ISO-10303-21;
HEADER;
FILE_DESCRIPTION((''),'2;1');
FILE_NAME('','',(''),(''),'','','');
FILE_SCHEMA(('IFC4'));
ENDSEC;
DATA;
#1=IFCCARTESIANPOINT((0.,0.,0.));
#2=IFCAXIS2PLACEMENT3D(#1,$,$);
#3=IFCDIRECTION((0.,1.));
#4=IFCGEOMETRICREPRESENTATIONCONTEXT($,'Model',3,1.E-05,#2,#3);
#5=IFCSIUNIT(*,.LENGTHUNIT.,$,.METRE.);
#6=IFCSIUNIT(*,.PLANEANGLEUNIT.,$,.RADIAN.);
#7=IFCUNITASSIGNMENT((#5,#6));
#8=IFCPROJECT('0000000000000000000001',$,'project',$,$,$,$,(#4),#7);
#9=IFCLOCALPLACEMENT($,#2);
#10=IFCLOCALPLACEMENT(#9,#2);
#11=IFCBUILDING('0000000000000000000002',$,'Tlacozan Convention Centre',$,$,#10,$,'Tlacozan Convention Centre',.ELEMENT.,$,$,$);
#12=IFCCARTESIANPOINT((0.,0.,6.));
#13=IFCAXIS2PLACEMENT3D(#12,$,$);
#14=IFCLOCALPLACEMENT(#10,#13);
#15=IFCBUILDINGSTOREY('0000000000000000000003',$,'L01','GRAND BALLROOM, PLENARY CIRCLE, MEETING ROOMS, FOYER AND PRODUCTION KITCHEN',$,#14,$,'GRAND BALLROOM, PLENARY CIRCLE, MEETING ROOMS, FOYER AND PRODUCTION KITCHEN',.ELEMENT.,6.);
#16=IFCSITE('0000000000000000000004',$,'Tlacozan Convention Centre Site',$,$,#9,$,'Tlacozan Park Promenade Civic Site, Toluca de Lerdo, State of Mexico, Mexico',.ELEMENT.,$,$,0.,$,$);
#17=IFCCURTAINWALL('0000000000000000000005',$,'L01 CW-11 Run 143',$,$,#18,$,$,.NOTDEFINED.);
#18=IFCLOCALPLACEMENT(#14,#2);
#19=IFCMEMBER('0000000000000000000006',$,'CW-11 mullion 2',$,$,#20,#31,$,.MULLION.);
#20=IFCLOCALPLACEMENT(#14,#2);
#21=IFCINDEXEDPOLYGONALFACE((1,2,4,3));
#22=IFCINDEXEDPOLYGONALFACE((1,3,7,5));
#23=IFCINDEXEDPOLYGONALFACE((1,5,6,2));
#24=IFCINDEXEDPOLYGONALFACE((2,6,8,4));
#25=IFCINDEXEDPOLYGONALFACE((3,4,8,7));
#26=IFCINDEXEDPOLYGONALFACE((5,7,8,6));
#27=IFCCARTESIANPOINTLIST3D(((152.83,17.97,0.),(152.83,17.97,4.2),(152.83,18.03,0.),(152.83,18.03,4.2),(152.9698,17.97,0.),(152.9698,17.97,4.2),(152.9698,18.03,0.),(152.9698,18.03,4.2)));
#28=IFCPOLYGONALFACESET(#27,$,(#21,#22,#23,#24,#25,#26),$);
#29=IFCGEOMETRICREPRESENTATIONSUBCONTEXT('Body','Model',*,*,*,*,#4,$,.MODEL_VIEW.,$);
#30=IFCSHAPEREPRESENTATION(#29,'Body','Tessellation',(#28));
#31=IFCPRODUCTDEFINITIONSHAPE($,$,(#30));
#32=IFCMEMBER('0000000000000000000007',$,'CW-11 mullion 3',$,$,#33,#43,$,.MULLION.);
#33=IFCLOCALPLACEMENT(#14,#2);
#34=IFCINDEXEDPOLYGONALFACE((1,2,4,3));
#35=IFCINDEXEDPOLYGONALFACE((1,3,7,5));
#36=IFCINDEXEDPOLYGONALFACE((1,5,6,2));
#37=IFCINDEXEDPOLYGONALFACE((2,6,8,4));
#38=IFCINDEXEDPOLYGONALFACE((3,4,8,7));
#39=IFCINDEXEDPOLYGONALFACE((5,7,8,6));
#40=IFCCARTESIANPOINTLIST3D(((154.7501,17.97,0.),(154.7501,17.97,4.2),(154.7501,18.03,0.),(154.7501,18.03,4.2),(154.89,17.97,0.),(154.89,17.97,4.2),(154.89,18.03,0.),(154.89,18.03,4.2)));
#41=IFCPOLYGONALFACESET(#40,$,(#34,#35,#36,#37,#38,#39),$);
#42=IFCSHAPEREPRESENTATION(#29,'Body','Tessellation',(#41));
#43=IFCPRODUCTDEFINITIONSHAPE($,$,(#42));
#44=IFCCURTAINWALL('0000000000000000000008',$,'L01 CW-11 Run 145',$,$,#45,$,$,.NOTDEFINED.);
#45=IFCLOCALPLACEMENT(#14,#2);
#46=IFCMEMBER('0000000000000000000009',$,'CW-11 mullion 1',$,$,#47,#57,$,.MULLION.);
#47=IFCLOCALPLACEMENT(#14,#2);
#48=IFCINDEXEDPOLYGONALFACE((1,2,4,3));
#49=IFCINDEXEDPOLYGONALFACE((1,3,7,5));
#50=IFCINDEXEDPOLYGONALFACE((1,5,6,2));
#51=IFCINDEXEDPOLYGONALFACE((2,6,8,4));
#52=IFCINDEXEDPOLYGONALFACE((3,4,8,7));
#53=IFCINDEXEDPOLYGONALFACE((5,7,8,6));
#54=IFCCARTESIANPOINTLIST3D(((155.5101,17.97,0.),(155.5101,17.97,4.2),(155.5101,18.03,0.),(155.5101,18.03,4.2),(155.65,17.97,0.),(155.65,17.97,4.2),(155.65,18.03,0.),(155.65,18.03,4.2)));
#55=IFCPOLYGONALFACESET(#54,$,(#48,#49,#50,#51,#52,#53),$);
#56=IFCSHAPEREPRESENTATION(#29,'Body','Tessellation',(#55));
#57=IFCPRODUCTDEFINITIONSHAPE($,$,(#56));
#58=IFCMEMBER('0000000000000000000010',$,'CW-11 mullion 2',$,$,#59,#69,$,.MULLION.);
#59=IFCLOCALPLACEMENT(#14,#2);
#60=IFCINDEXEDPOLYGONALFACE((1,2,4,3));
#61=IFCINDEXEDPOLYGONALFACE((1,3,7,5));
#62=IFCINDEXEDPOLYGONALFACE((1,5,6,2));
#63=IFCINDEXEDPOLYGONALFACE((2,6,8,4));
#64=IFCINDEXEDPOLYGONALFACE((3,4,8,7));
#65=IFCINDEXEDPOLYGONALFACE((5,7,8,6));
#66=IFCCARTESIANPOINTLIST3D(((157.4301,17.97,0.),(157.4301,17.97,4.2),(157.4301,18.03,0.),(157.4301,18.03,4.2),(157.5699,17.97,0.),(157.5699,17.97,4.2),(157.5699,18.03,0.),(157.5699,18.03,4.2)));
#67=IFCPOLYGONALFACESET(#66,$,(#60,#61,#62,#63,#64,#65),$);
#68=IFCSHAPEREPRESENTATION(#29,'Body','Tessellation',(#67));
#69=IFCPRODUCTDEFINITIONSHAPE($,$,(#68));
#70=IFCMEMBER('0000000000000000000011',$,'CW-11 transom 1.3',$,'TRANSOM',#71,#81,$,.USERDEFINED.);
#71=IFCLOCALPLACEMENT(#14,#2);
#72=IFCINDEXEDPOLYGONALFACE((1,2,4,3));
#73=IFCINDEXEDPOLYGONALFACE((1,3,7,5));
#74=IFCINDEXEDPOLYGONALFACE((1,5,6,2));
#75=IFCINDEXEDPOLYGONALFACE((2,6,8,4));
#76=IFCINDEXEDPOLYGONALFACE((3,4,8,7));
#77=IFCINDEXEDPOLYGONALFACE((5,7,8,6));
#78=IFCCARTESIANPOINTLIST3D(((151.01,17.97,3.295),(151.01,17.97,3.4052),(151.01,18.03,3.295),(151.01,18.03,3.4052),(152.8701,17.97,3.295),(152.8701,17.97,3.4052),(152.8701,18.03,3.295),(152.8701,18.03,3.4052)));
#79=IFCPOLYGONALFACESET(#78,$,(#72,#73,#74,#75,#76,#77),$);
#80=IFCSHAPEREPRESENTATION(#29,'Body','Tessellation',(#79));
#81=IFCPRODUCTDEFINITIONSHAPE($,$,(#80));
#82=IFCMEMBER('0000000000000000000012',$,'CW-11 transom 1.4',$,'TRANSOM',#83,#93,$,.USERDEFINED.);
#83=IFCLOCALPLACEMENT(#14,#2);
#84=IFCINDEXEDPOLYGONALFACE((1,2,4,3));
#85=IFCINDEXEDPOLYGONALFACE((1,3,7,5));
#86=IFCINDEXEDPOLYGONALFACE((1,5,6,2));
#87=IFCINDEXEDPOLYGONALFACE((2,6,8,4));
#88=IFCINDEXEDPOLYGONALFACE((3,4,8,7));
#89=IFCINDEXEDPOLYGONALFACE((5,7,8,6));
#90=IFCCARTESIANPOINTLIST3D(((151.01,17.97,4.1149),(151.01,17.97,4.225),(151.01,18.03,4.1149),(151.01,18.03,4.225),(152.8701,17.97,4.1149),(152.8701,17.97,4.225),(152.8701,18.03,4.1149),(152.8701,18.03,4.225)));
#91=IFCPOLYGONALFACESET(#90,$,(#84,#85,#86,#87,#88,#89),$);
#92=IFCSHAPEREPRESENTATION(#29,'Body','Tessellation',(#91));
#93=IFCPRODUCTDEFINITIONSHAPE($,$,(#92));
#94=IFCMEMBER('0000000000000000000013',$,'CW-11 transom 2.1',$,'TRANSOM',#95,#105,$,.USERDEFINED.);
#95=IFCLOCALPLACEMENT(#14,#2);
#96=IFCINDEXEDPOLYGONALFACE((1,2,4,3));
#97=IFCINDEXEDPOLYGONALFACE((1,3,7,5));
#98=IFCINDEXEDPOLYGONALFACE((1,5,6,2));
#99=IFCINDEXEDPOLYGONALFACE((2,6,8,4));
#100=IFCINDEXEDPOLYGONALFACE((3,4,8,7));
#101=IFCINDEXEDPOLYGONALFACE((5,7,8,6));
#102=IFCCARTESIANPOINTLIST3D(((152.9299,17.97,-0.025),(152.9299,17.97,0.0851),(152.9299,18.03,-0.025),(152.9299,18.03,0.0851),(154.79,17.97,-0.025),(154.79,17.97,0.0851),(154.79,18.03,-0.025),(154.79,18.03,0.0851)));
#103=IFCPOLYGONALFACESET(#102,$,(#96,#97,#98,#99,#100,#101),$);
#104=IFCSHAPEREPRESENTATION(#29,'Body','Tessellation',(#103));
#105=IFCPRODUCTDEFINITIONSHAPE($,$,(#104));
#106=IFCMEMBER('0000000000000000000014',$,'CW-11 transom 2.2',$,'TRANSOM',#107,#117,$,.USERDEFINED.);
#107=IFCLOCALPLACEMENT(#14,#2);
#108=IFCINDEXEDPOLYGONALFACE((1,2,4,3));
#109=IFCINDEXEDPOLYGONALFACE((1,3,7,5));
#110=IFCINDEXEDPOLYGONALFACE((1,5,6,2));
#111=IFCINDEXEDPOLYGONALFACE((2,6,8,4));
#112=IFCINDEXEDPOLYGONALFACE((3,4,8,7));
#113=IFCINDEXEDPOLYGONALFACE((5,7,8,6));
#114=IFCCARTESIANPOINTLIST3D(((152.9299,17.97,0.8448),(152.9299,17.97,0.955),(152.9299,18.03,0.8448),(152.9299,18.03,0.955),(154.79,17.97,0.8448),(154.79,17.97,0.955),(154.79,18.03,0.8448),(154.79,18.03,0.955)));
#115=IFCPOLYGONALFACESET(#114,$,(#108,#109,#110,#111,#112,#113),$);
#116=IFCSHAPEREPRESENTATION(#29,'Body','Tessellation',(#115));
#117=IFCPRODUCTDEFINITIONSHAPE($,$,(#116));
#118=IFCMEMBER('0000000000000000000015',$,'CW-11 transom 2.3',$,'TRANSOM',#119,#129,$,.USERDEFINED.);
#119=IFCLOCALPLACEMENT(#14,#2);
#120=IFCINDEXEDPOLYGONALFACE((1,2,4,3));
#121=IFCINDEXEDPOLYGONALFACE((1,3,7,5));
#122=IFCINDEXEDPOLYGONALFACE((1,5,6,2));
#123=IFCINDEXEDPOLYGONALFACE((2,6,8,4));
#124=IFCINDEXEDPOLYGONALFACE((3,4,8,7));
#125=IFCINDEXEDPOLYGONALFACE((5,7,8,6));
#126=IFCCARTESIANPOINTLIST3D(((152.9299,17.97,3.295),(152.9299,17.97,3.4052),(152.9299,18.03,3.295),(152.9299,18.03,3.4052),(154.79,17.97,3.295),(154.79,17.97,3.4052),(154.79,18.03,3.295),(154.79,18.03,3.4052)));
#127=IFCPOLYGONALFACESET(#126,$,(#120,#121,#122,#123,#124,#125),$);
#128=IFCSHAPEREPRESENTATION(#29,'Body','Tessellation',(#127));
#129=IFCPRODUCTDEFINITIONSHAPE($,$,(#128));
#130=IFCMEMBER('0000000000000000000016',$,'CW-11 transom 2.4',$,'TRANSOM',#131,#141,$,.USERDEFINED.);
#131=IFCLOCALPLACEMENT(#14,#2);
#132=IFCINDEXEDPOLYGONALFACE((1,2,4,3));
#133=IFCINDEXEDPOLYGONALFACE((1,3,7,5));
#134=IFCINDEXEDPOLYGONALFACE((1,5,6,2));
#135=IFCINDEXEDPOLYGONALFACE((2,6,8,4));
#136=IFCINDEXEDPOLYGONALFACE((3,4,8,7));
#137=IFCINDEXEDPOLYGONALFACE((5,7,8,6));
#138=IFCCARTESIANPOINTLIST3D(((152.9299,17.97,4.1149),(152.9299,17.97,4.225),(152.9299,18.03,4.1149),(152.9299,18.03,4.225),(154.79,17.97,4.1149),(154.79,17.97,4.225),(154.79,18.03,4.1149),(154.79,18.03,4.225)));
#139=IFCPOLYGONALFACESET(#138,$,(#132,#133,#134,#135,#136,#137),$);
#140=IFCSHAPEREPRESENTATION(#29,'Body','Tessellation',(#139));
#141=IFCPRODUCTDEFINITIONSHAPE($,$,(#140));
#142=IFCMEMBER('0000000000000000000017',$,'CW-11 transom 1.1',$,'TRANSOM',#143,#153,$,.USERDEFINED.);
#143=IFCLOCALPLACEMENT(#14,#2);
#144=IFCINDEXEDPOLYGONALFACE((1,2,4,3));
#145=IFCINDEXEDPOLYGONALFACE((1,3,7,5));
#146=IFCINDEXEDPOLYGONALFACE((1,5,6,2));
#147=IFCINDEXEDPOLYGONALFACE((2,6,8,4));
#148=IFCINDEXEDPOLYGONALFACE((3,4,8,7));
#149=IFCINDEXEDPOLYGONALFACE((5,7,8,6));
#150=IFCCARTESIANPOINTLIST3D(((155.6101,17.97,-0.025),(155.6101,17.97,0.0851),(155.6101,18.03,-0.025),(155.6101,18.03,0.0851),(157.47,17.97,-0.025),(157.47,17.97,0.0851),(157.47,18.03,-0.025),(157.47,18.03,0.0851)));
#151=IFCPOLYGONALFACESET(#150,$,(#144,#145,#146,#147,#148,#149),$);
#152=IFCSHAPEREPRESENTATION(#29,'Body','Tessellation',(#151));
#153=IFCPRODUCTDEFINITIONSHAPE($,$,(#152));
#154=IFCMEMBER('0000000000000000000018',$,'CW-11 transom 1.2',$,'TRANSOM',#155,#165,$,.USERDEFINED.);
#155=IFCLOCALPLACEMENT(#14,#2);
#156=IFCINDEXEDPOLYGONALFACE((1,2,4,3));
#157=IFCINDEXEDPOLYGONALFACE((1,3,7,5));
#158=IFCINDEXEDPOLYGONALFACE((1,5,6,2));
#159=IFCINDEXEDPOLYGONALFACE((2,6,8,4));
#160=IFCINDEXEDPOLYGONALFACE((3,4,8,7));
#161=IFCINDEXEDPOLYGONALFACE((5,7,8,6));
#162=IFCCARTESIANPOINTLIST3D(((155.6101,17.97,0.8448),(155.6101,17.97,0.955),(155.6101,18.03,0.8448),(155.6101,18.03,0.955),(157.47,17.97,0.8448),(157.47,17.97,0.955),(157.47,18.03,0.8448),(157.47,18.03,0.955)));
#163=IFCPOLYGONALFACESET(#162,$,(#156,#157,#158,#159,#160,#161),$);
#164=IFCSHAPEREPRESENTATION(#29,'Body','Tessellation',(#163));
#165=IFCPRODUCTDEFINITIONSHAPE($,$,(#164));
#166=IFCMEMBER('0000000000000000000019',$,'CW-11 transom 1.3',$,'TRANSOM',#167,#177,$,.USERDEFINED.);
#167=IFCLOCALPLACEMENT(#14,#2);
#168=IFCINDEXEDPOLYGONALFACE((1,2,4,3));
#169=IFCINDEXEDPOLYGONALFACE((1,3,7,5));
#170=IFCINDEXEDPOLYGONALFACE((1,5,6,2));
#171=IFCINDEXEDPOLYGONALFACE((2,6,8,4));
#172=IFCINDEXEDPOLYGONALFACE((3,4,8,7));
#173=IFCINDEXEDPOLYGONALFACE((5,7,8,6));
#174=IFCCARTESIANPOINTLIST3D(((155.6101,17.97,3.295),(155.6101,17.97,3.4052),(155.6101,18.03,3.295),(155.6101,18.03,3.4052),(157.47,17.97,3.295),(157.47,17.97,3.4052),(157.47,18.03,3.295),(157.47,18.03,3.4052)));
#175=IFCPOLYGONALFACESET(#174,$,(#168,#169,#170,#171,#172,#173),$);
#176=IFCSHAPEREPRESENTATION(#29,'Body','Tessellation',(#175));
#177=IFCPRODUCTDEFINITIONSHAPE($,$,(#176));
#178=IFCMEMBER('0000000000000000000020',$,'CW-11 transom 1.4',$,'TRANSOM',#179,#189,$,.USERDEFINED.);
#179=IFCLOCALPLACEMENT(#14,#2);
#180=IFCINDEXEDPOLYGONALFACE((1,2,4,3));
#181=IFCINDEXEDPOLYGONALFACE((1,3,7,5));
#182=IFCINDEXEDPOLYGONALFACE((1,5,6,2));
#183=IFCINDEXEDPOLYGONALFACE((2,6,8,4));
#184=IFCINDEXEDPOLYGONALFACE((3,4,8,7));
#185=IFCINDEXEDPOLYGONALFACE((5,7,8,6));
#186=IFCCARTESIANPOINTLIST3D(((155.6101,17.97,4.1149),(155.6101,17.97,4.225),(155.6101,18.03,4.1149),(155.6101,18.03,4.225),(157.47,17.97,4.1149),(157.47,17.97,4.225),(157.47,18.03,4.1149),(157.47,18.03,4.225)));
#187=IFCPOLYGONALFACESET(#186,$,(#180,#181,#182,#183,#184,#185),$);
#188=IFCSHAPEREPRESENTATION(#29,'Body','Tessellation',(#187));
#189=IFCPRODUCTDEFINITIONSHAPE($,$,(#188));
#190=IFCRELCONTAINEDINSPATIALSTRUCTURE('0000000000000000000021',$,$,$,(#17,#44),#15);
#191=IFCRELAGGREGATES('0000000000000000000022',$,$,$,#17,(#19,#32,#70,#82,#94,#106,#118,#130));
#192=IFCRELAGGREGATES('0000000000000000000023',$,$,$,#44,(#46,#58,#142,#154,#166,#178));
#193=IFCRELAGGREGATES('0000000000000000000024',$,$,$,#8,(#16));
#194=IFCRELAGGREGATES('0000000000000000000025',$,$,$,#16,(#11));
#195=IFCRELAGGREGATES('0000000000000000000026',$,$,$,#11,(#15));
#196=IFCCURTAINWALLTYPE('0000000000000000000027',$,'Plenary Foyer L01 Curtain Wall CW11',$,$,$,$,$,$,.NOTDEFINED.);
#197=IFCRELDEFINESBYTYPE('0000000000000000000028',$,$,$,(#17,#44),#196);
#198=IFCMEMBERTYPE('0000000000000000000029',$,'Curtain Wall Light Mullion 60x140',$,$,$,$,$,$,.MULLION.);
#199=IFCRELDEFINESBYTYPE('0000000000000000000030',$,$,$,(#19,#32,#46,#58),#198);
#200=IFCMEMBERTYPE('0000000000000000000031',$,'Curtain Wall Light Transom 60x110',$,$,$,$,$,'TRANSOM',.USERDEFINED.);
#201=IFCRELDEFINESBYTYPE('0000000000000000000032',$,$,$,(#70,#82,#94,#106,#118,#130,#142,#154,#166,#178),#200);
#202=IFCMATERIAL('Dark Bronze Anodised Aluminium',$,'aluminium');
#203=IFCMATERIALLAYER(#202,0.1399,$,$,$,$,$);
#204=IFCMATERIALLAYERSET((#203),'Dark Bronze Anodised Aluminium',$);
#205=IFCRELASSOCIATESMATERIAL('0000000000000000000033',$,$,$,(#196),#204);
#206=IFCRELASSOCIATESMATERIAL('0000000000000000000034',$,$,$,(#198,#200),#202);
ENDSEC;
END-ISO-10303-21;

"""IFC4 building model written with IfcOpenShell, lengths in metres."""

from ifc_helpers import new_model, si_unit, direction, frame, origin, origin_2d, place, context, subcontext, project, spatial, rectangle, extrude, material, layer, layer_set, material_profile, profile_set, type_object, element, aggregate, save


model = new_model("IFC4")

# Units and contexts
model_context = context("Model", 3, precision=1e-05, world=origin(), true_north=direction((0.0, 1.0)))
body_context = subcontext(model_context, "Body", "Model", "MODEL_VIEW")
ifc_project = project(units=[si_unit("LENGTHUNIT", "METRE"), si_unit("PLANEANGLEUNIT", "RADIAN")], contexts=[model_context])

# Site, building, storey
site_placement = place(None, origin())
site = spatial("IfcSite", under=ifc_project, at=site_placement, Name="Tlacozan Convention Centre Site", LongName="Tlacozan Park Promenade Civic Site, Toluca de Lerdo, State of Mexico, Mexico", CompositionType="ELEMENT", RefElevation=0.0)
building_placement = place(site_placement, origin())
building = spatial("IfcBuilding", under=site, at=building_placement, Name="Tlacozan Convention Centre", LongName="Tlacozan Convention Centre", CompositionType="ELEMENT")
storey_placement = place(building_placement, frame((0.0, 0.0, 6.0)))
storey = spatial("IfcBuildingStorey", under=building, at=storey_placement, Name="L01", Description="GRAND BALLROOM, PLENARY CIRCLE, MEETING ROOMS, FOYER AND PRODUCTION KITCHEN", LongName="GRAND BALLROOM, PLENARY CIRCLE, MEETING ROOMS, FOYER AND PRODUCTION KITCHEN", CompositionType="ELEMENT", Elevation=6.0)

# Curtain walls, members
ifc_material_1 = material(Name="Dark Bronze Anodised Aluminium", Category="aluminium")
ifc_layer_1 = layer(ifc_material_1, 0.1399)
ifc_layer_set_1 = layer_set([ifc_layer_1], Name="Dark Bronze Anodised Aluminium")
curtain_wall_type = type_object("IfcCurtainWallType", Name="Plenary Foyer L01 Curtain Wall CW11", PredefinedType="NOTDEFINED", material=ifc_layer_set_1)
curtain_wall_1_placement = place(storey_placement, origin())
curtain_wall_1 = element("IfcCurtainWall", 1, at=curtain_wall_1_placement, inside=storey, type_object=curtain_wall_type, Name="L01 CW-11 Run 143", PredefinedType="NOTDEFINED")
ifc_material_profile_1 = material_profile(ifc_material_1, rectangle(XDim=0.0601, YDim=0.1399, at=origin_2d()), Name="ALU 60x140")
ifc_profile_set_1 = profile_set([ifc_material_profile_1], Name="Dark Bronze Anodised Aluminium")
member_type_1 = type_object("IfcMemberType", Name="Curtain Wall Light Mullion 60x140", PredefinedType="MULLION", material=ifc_profile_set_1)
member_1_placement = place(storey_placement, frame((152.8999, 18.0, 0.0), z_axis=(0.0, 0.0, 1.0), x_axis=(0.0, 1.0, 0.0)))
member_1 = element("IfcMember", 2, at=member_1_placement, type_object=member_type_1, Name="CW-11 mullion 2", PredefinedType="MULLION", context=body_context, shape_type="SweptSolid", body=[
    extrude(rectangle(XDim=0.0601, YDim=0.1399, at=origin_2d()), origin(), (0.0, 0.0, 1.0), 4.2),
])
member_2_placement = place(storey_placement, frame((154.8201, 18.0, 0.0), z_axis=(0.0, 0.0, 1.0), x_axis=(0.0, 1.0, 0.0)))
member_2 = element("IfcMember", 3, at=member_2_placement, type_object=member_type_1, Name="CW-11 mullion 3", PredefinedType="MULLION", context=body_context, shape_type="SweptSolid", body=[
    extrude(rectangle(XDim=0.0601, YDim=0.1399, at=origin_2d()), origin(), (0.0, 0.0, 1.0), 4.2),
])
curtain_wall_2_placement = place(storey_placement, origin())
curtain_wall_2 = element("IfcCurtainWall", 4, at=curtain_wall_2_placement, inside=storey, type_object=curtain_wall_type, Name="L01 CW-11 Run 145", PredefinedType="NOTDEFINED")
member_3_placement = place(storey_placement, frame((155.5801, 18.0, 0.0), z_axis=(0.0, 0.0, 1.0), x_axis=(0.0, 1.0, 0.0)))
member_3 = element("IfcMember", 5, at=member_3_placement, type_object=member_type_1, Name="CW-11 mullion 1", PredefinedType="MULLION", context=body_context, shape_type="SweptSolid", body=[
    extrude(rectangle(XDim=0.0601, YDim=0.1399, at=origin_2d()), origin(), (0.0, 0.0, 1.0), 4.2),
])
member_4_placement = place(storey_placement, frame((157.5, 18.0, 0.0), z_axis=(0.0, 0.0, 1.0), x_axis=(0.0, 1.0, 0.0)))
member_4 = element("IfcMember", 6, at=member_4_placement, type_object=member_type_1, Name="CW-11 mullion 2", PredefinedType="MULLION", context=body_context, shape_type="SweptSolid", body=[
    extrude(rectangle(XDim=0.0601, YDim=0.1399, at=origin_2d()), origin(), (0.0, 0.0, 1.0), 4.2),
])

# Members
ifc_material_profile_2 = material_profile(ifc_material_1, rectangle(XDim=0.0601, YDim=0.1101, at=origin_2d()), Name="ALU 60x110")
ifc_profile_set_2 = profile_set([ifc_material_profile_2], Name="Dark Bronze Anodised Aluminium")
member_type_2 = type_object("IfcMemberType", Name="Curtain Wall Light Transom 60x110", ElementType="TRANSOM", PredefinedType="USERDEFINED", material=ifc_profile_set_2)
member_5_placement = place(storey_placement, frame((151.01, 18.0, 3.3501), z_axis=(1.0, 0.0, 0.0), x_axis=(0.0, 1.0, 0.0)))
member_5 = element("IfcMember", 7, at=member_5_placement, type_object=member_type_2, Name="CW-11 transom 1.3", ObjectType="TRANSOM", PredefinedType="USERDEFINED", context=body_context, shape_type="SweptSolid", body=[
    extrude(rectangle(XDim=0.0601, YDim=0.1101, at=origin_2d()), origin(), (0.0, 0.0, 1.0), 1.8601),
])
member_6_placement = place(storey_placement, frame((151.01, 18.0, 4.1699), z_axis=(1.0, 0.0, 0.0), x_axis=(0.0, 1.0, 0.0)))
member_6 = element("IfcMember", 8, at=member_6_placement, type_object=member_type_2, Name="CW-11 transom 1.4", ObjectType="TRANSOM", PredefinedType="USERDEFINED", context=body_context, shape_type="SweptSolid", body=[
    extrude(rectangle(XDim=0.0601, YDim=0.1101, at=origin_2d()), origin(), (0.0, 0.0, 1.0), 1.8601),
])
member_7_placement = place(storey_placement, frame((152.9299, 18.0, 0.03), z_axis=(1.0, 0.0, 0.0), x_axis=(0.0, 1.0, 0.0)))
member_7 = element("IfcMember", 9, at=member_7_placement, type_object=member_type_2, Name="CW-11 transom 2.1", ObjectType="TRANSOM", PredefinedType="USERDEFINED", context=body_context, shape_type="SweptSolid", body=[
    extrude(rectangle(XDim=0.0601, YDim=0.1101, at=origin_2d()), origin(), (0.0, 0.0, 1.0), 1.8601),
])
member_8_placement = place(storey_placement, frame((152.9299, 18.0, 0.8999), z_axis=(1.0, 0.0, 0.0), x_axis=(0.0, 1.0, 0.0)))
member_8 = element("IfcMember", 10, at=member_8_placement, type_object=member_type_2, Name="CW-11 transom 2.2", ObjectType="TRANSOM", PredefinedType="USERDEFINED", context=body_context, shape_type="SweptSolid", body=[
    extrude(rectangle(XDim=0.0601, YDim=0.1101, at=origin_2d()), origin(), (0.0, 0.0, 1.0), 1.8601),
])
member_9_placement = place(storey_placement, frame((152.9299, 18.0, 3.3501), z_axis=(1.0, 0.0, 0.0), x_axis=(0.0, 1.0, 0.0)))
member_9 = element("IfcMember", 11, at=member_9_placement, type_object=member_type_2, Name="CW-11 transom 2.3", ObjectType="TRANSOM", PredefinedType="USERDEFINED", context=body_context, shape_type="SweptSolid", body=[
    extrude(rectangle(XDim=0.0601, YDim=0.1101, at=origin_2d()), origin(), (0.0, 0.0, 1.0), 1.8601),
])
member_10_placement = place(storey_placement, frame((152.9299, 18.0, 4.1699), z_axis=(1.0, 0.0, 0.0), x_axis=(0.0, 1.0, 0.0)))
member_10 = element("IfcMember", 12, at=member_10_placement, type_object=member_type_2, Name="CW-11 transom 2.4", ObjectType="TRANSOM", PredefinedType="USERDEFINED", context=body_context, shape_type="SweptSolid", body=[
    extrude(rectangle(XDim=0.0601, YDim=0.1101, at=origin_2d()), origin(), (0.0, 0.0, 1.0), 1.8601),
])
member_11_placement = place(storey_placement, frame((155.6101, 18.0, 0.03), z_axis=(1.0, 0.0, 0.0), x_axis=(0.0, 1.0, 0.0)))
member_11 = element("IfcMember", 13, at=member_11_placement, type_object=member_type_2, Name="CW-11 transom 1.1", ObjectType="TRANSOM", PredefinedType="USERDEFINED", context=body_context, shape_type="SweptSolid", body=[
    extrude(rectangle(XDim=0.0601, YDim=0.1101, at=origin_2d()), origin(), (0.0, 0.0, 1.0), 1.8599),
])
member_12_placement = place(storey_placement, frame((155.6101, 18.0, 0.8999), z_axis=(1.0, 0.0, 0.0), x_axis=(0.0, 1.0, 0.0)))
member_12 = element("IfcMember", 14, at=member_12_placement, type_object=member_type_2, Name="CW-11 transom 1.2", ObjectType="TRANSOM", PredefinedType="USERDEFINED", context=body_context, shape_type="SweptSolid", body=[
    extrude(rectangle(XDim=0.0601, YDim=0.1101, at=origin_2d()), origin(), (0.0, 0.0, 1.0), 1.8599),
])
member_13_placement = place(storey_placement, frame((155.6101, 18.0, 3.3501), z_axis=(1.0, 0.0, 0.0), x_axis=(0.0, 1.0, 0.0)))
member_13 = element("IfcMember", 15, at=member_13_placement, type_object=member_type_2, Name="CW-11 transom 1.3", ObjectType="TRANSOM", PredefinedType="USERDEFINED", context=body_context, shape_type="SweptSolid", body=[
    extrude(rectangle(XDim=0.0601, YDim=0.1101, at=origin_2d()), origin(), (0.0, 0.0, 1.0), 1.8599),
])
member_14_placement = place(storey_placement, frame((155.6101, 18.0, 4.1699), z_axis=(1.0, 0.0, 0.0), x_axis=(0.0, 1.0, 0.0)))
member_14 = element("IfcMember", 16, at=member_14_placement, type_object=member_type_2, Name="CW-11 transom 1.4", ObjectType="TRANSOM", PredefinedType="USERDEFINED", context=body_context, shape_type="SweptSolid", body=[
    extrude(rectangle(XDim=0.0601, YDim=0.1101, at=origin_2d()), origin(), (0.0, 0.0, 1.0), 1.8599),
])

aggregate(curtain_wall_1, [member_1, member_2, member_5, member_6, member_7, member_8, member_9, member_10])
aggregate(curtain_wall_2, [member_3, member_4, member_11, member_12, member_13, member_14])

save(model, "model.ifc")
